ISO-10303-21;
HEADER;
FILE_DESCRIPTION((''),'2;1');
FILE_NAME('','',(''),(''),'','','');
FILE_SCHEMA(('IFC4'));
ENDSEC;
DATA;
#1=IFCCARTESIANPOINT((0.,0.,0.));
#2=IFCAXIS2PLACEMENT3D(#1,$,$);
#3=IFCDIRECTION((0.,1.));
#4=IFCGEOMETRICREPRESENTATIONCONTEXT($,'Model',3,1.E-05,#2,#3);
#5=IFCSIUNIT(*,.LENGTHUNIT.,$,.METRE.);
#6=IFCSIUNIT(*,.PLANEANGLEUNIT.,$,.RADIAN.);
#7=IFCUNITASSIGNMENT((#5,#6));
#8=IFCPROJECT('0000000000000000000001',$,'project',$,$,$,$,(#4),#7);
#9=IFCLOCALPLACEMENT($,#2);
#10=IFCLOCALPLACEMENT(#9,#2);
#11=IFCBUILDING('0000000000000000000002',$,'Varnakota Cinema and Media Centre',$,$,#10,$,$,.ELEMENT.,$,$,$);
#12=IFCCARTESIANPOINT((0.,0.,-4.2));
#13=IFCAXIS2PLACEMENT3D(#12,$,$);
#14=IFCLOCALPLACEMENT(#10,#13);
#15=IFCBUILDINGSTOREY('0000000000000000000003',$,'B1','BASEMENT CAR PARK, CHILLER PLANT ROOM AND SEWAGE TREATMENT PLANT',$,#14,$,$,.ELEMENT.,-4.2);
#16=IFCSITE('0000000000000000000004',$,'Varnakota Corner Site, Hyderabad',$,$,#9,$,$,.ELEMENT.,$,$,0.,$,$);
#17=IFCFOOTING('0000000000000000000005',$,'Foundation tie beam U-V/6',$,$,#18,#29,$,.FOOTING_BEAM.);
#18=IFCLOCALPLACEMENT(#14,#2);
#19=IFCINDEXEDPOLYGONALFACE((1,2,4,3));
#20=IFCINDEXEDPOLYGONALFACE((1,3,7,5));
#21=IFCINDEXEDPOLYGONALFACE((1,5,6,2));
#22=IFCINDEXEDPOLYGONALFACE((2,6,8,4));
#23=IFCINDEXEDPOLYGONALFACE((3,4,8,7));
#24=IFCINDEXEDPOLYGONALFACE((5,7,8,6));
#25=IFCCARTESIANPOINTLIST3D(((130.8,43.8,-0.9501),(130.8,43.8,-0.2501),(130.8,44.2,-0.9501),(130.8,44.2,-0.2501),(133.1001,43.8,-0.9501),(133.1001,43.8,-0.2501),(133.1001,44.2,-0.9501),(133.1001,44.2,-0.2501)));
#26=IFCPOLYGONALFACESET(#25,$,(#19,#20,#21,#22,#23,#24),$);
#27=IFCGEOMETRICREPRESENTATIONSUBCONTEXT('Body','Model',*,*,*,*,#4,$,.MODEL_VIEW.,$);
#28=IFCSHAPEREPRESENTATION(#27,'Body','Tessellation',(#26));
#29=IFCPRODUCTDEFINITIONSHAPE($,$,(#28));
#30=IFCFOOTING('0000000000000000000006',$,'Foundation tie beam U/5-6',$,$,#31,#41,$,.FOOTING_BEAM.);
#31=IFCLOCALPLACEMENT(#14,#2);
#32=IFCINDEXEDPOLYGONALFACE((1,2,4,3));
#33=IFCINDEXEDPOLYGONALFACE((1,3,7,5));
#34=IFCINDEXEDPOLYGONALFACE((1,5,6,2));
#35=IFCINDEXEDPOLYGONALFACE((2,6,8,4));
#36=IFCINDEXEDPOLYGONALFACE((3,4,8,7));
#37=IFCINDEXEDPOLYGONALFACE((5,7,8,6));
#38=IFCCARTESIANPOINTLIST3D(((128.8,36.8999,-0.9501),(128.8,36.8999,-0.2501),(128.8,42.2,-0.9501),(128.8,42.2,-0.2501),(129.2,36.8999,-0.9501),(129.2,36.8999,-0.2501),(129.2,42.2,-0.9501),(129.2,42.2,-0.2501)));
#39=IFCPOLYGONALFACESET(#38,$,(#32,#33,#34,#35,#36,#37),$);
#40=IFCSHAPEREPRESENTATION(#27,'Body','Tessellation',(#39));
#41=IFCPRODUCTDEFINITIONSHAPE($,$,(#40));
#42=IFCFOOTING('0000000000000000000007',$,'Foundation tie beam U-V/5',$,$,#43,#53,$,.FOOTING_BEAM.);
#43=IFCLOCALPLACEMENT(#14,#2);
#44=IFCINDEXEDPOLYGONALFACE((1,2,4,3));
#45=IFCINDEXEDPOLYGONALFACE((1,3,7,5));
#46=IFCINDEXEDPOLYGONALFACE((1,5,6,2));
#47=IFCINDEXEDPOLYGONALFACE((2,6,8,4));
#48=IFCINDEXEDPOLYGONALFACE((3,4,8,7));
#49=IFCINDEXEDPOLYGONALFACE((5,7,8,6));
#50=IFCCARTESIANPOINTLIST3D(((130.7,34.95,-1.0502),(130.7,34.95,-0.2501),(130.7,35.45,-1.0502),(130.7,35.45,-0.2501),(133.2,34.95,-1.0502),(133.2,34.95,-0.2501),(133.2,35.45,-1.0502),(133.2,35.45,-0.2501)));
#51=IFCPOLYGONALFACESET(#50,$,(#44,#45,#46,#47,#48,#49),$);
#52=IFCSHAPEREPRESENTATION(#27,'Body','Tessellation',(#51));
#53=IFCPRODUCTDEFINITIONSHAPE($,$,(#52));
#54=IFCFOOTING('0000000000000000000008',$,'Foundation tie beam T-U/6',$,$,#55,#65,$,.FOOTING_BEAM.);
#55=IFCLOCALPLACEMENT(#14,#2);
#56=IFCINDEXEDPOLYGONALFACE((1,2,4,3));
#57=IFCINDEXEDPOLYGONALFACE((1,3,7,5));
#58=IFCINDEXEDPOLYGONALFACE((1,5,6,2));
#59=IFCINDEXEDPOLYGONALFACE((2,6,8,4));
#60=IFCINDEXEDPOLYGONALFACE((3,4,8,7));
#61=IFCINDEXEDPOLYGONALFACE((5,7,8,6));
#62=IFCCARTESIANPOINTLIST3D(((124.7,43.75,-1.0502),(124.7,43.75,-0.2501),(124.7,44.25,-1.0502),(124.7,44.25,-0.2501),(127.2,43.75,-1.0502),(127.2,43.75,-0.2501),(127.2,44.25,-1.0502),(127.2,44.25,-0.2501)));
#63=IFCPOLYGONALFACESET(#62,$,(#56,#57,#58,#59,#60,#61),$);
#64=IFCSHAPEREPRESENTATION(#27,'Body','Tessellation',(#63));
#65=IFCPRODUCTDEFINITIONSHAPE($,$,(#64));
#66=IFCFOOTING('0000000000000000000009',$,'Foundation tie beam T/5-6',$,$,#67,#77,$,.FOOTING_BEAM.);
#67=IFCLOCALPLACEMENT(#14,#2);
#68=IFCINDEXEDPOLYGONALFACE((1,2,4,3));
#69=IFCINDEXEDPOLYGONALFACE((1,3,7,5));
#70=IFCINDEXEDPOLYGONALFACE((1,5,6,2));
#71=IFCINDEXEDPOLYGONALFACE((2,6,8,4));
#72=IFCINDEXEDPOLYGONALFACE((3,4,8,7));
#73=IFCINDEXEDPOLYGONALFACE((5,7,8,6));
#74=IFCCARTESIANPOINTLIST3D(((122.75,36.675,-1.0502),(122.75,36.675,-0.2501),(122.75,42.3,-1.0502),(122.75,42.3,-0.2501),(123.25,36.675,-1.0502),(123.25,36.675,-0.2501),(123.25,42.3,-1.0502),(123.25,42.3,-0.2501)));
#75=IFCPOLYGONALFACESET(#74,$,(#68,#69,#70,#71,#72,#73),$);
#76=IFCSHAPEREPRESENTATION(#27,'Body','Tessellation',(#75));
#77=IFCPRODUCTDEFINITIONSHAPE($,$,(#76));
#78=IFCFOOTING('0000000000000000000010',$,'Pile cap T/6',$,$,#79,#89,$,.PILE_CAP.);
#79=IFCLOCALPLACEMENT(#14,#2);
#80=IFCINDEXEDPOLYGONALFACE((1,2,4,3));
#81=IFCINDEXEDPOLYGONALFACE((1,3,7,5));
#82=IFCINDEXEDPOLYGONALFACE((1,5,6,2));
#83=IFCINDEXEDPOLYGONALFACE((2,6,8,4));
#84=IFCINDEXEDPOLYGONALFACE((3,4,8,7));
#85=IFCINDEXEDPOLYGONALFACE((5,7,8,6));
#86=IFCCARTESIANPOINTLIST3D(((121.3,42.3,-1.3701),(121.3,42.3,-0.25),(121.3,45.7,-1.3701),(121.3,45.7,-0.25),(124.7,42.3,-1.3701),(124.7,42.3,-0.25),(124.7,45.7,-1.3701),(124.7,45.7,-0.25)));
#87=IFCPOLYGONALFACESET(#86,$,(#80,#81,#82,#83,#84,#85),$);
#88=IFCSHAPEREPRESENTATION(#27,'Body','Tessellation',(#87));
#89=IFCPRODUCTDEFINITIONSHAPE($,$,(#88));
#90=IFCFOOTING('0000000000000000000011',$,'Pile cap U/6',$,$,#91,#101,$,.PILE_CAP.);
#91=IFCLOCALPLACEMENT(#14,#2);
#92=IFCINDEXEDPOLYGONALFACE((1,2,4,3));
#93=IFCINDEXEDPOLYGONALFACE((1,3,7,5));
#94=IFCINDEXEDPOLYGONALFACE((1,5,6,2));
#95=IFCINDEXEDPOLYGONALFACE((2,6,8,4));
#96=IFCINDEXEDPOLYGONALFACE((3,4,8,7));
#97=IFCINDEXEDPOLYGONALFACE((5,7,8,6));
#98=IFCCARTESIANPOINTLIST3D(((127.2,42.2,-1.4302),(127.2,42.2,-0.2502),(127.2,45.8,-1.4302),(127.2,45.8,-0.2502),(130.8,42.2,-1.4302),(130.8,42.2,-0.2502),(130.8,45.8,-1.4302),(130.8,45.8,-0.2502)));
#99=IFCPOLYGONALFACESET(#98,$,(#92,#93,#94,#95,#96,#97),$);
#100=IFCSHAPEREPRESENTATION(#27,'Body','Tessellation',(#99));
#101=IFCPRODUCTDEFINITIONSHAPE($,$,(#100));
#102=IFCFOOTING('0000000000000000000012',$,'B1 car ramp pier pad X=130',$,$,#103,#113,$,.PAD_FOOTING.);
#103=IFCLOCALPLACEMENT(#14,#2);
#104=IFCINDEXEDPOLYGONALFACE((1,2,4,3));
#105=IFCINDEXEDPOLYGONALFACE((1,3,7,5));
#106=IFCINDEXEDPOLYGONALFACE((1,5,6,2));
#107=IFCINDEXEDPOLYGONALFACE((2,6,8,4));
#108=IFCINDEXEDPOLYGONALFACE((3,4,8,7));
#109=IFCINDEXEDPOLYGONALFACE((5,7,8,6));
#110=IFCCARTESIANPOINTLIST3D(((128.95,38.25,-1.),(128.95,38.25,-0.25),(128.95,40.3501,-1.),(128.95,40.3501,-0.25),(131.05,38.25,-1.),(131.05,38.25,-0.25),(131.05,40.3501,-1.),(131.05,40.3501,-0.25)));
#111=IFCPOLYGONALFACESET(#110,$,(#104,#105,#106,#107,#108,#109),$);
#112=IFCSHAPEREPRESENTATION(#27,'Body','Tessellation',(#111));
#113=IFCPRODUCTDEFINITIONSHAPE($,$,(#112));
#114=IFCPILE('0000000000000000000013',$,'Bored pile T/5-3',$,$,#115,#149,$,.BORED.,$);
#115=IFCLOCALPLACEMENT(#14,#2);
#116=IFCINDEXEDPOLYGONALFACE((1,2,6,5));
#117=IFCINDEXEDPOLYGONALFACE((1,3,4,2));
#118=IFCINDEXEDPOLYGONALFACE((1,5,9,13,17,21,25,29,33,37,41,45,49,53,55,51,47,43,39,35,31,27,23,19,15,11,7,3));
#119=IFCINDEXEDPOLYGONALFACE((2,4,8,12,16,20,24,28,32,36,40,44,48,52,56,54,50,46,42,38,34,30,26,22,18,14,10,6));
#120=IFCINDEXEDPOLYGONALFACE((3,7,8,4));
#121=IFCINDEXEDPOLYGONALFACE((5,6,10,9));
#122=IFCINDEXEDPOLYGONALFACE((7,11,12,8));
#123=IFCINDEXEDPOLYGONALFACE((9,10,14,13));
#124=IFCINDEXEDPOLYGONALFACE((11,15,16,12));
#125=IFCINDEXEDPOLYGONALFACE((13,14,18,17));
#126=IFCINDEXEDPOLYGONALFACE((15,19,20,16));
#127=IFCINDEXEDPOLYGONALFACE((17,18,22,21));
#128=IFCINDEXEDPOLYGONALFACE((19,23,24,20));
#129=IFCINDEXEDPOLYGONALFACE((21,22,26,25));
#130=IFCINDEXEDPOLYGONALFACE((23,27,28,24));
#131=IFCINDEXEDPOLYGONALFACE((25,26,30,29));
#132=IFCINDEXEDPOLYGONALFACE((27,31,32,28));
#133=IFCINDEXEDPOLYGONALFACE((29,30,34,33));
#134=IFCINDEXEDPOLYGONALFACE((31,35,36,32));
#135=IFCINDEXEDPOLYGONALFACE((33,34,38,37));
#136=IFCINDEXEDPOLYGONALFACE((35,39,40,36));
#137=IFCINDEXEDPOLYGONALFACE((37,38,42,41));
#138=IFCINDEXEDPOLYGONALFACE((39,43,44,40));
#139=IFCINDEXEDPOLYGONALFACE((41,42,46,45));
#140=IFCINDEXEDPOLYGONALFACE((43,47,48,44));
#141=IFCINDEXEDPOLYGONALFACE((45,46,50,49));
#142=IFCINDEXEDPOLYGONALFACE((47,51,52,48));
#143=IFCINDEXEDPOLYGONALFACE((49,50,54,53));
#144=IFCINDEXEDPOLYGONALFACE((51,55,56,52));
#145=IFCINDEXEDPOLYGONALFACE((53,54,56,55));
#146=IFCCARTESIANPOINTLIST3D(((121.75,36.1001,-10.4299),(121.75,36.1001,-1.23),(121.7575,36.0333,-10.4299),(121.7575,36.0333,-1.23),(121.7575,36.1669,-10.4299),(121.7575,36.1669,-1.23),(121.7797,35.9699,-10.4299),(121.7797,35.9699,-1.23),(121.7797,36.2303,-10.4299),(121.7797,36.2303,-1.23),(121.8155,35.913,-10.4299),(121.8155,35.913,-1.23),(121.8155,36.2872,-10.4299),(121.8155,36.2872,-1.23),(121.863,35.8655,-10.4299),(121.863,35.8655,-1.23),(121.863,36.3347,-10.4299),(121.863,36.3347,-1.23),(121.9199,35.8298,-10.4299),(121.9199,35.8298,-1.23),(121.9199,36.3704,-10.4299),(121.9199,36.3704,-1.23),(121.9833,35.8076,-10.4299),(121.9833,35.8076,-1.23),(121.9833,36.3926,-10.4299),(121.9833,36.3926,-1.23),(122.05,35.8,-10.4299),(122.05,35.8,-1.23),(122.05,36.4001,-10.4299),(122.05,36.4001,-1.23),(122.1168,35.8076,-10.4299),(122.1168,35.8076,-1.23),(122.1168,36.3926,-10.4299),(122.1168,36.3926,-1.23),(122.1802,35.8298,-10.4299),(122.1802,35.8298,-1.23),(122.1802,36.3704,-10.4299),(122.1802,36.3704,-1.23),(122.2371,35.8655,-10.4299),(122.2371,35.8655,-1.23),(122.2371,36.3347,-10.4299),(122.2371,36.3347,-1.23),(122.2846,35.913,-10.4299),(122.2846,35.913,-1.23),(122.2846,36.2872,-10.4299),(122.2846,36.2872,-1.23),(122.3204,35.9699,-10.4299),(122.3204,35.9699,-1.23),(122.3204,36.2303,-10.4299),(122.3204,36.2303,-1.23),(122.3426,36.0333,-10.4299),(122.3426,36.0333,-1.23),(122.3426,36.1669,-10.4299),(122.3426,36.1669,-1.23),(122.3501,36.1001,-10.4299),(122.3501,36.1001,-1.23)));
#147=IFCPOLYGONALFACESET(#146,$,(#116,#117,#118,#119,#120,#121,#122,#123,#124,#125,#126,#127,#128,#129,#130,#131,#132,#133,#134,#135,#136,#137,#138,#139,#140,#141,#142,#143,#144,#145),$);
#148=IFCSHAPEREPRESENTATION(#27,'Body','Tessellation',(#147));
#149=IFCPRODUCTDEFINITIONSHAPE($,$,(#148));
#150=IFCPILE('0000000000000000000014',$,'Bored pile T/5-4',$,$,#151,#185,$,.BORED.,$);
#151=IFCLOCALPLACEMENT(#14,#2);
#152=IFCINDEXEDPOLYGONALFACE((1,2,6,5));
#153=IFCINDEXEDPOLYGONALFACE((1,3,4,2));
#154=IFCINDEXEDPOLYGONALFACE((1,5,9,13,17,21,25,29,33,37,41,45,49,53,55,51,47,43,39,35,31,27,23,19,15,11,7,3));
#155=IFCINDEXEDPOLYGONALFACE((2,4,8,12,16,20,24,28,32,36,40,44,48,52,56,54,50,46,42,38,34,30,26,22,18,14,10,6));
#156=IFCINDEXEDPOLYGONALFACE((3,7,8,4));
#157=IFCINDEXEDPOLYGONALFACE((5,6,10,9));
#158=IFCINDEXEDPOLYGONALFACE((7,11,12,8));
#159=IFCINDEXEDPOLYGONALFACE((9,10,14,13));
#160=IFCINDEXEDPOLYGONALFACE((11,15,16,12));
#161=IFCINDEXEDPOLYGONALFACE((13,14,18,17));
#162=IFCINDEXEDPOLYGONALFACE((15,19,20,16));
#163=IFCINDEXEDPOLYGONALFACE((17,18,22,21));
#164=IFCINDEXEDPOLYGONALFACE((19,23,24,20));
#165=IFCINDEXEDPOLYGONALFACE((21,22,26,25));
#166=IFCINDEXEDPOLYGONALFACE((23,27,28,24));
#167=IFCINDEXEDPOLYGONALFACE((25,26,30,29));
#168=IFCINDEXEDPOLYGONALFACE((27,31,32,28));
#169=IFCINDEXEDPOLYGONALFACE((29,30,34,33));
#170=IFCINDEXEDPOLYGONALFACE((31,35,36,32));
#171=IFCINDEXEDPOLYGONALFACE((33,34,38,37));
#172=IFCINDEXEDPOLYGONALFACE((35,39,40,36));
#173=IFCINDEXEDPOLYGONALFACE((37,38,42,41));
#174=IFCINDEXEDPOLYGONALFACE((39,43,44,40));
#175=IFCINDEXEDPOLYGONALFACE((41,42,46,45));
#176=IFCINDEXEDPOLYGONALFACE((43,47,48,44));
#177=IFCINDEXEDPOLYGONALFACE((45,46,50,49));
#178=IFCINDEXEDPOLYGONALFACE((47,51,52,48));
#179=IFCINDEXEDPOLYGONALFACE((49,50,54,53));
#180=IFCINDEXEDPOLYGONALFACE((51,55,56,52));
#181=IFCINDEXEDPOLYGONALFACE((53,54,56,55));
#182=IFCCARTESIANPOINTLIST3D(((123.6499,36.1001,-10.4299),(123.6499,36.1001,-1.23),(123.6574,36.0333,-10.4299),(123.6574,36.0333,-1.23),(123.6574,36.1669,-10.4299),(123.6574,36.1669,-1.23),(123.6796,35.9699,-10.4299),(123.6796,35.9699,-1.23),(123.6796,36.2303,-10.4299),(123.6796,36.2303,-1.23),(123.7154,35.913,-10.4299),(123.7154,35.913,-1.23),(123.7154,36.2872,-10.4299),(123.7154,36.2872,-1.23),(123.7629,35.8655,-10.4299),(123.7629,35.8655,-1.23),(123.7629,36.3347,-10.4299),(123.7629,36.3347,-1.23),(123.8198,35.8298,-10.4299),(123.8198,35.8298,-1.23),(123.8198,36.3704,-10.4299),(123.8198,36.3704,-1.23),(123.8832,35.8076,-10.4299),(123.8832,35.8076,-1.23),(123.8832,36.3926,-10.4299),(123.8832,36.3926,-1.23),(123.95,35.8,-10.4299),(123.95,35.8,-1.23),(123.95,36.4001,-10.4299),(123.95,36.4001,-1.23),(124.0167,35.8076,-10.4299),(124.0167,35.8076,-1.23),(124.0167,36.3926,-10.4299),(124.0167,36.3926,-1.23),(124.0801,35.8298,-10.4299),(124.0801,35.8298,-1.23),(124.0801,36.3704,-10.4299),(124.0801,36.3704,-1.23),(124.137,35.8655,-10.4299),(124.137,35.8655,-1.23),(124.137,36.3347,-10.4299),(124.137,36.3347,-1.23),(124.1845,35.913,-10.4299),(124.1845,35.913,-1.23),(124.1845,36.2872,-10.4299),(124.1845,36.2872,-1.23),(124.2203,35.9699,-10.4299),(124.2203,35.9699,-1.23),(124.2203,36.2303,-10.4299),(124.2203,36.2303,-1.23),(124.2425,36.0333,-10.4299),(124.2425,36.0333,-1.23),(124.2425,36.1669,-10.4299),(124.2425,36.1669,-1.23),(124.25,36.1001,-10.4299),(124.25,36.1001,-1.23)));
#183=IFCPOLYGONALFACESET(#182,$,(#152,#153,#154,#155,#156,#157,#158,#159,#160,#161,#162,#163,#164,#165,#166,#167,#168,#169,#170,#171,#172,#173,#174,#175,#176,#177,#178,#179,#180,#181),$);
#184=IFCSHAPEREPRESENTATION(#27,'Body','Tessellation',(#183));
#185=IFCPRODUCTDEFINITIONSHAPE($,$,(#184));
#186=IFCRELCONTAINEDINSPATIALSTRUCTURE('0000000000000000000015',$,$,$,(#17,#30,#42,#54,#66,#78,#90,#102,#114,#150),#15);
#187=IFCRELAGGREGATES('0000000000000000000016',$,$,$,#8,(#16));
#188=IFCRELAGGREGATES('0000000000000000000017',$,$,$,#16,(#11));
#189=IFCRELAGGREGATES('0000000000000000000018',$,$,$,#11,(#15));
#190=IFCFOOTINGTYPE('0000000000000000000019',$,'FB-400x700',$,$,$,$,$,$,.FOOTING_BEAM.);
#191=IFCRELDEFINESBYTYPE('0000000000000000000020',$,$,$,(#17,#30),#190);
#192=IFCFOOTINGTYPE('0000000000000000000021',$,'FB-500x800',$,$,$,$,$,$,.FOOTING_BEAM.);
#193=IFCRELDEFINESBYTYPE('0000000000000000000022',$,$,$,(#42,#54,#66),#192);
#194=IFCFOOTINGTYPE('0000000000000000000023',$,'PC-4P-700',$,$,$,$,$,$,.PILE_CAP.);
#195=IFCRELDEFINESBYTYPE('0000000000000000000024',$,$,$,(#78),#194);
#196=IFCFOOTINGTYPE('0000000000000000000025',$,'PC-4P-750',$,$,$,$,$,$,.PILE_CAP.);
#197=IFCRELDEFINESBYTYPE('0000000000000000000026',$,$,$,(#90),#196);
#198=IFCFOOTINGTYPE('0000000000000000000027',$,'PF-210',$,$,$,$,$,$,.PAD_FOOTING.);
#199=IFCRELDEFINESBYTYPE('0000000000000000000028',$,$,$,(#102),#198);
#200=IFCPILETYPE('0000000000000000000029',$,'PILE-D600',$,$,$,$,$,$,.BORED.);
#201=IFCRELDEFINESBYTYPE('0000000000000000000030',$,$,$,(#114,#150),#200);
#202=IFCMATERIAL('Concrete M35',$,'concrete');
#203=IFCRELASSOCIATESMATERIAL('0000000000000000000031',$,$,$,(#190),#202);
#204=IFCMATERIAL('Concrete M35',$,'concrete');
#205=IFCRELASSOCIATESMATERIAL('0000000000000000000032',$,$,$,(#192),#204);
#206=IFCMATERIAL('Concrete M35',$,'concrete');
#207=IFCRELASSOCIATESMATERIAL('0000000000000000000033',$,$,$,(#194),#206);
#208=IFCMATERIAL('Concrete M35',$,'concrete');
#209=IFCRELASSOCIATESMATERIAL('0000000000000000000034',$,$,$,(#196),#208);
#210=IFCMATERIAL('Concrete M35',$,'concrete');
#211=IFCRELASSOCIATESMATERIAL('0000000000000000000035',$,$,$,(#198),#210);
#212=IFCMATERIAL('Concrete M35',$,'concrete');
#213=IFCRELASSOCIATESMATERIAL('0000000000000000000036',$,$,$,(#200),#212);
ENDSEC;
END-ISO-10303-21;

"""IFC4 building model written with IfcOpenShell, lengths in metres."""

from ifc_helpers import new_model, si_unit, direction, frame, origin, origin_2d, place, context, subcontext, project, spatial, rectangle, circle, extrude, material, material_profile, profile_set, type_object, element, save


model = new_model("IFC4")

# Units and contexts
model_context = context("Model", 3, precision=1e-05, world=origin(), true_north=direction((0.0, 1.0)))
body_context = subcontext(model_context, "Body", "Model", "MODEL_VIEW")
ifc_project = project(units=[si_unit("LENGTHUNIT", "METRE"), si_unit("PLANEANGLEUNIT", "RADIAN")], contexts=[model_context])

# Site, building, storey
site_placement = place(None, origin())
site = spatial("IfcSite", under=ifc_project, at=site_placement, Name="Varnakota Corner Site, Hyderabad", CompositionType="ELEMENT", RefElevation=0.0)
building_placement = place(site_placement, origin())
building = spatial("IfcBuilding", under=site, at=building_placement, Name="Varnakota Cinema and Media Centre", CompositionType="ELEMENT")
storey_placement = place(building_placement, frame((0.0, 0.0, -4.2)))
storey = spatial("IfcBuildingStorey", under=building, at=storey_placement, Name="B1", Description="BASEMENT CAR PARK, CHILLER PLANT ROOM AND SEWAGE TREATMENT PLANT", CompositionType="ELEMENT", Elevation=-4.2)

# Footings
ifc_material_1 = material(Name="Concrete M35", Category="concrete")
ifc_material_profile_1 = material_profile(ifc_material_1, rectangle(XDim=0.3999, YDim=0.7, at=origin_2d()), Name="FB 400x700")
ifc_profile_set_1 = profile_set([ifc_material_profile_1], Name="Concrete M35")
footing_type_1 = type_object("IfcFootingType", Name="FB-400x700", PredefinedType="FOOTING_BEAM", material=ifc_profile_set_1)
footing_1_placement = place(storey_placement, frame((130.8, 44.0, -0.6001), z_axis=(1.0, 0.0, 0.0), x_axis=(0.0, 1.0, 0.0)))
element("IfcFooting", 1, at=footing_1_placement, inside=storey, type_object=footing_type_1, Name="Foundation tie beam U-V/6", PredefinedType="FOOTING_BEAM", context=body_context, shape_type="SweptSolid", body=[
    extrude(rectangle(XDim=0.3999, YDim=0.7, at=origin_2d()), origin(), (0.0, 0.0, 1.0), 2.3),
])
footing_2_placement = place(storey_placement, frame((129.0, 36.8999, -0.6001), z_axis=(0.0, 1.0, 0.0), x_axis=(-1.0, 0.0, 0.0)))
element("IfcFooting", 2, at=footing_2_placement, inside=storey, type_object=footing_type_1, Name="Foundation tie beam U/5-6", PredefinedType="FOOTING_BEAM", context=body_context, shape_type="SweptSolid", body=[
    extrude(rectangle(XDim=0.3999, YDim=0.7, at=origin_2d()), origin(), (0.0, 0.0, 1.0), 5.3),
])
ifc_material_2 = material(Name="Concrete M35", Category="concrete")
ifc_material_profile_2 = material_profile(ifc_material_2, rectangle(XDim=0.5, YDim=0.8, at=origin_2d()), Name="FB 500x800")
ifc_profile_set_2 = profile_set([ifc_material_profile_2], Name="Concrete M35")
footing_type_2 = type_object("IfcFootingType", Name="FB-500x800", PredefinedType="FOOTING_BEAM", material=ifc_profile_set_2)
for number, where, z_axis, x_axis, name in (
    (3, (130.7, 35.2, -0.6501), (1.0, 0.0, 0.0), (0.0, 1.0, 0.0), "Foundation tie beam U-V/5"),
    (4, (124.7, 44.0, -0.6501), (1.0, 0.0, 0.0), (0.0, 1.0, 0.0), "Foundation tie beam T-U/6"),
):
    element("IfcFooting", number, at=place(storey_placement, frame(where, z_axis=z_axis, x_axis=x_axis)), inside=storey, type_object=footing_type_2, Name=name, PredefinedType="FOOTING_BEAM", context=body_context, shape_type="SweptSolid", body=[
        extrude(rectangle(XDim=0.5, YDim=0.8, at=origin_2d()), origin(), (0.0, 0.0, 1.0), 2.5),
    ])
footing_3_placement = place(storey_placement, frame((123.0, 36.675, -0.6501), z_axis=(0.0, 1.0, 0.0), x_axis=(-1.0, 0.0, 0.0)))
element("IfcFooting", 5, at=footing_3_placement, inside=storey, type_object=footing_type_2, Name="Foundation tie beam T/5-6", PredefinedType="FOOTING_BEAM", context=body_context, shape_type="SweptSolid", body=[
    extrude(rectangle(XDim=0.5, YDim=0.8, at=origin_2d()), origin(), (0.0, 0.0, 1.0), 5.625),
])
ifc_material_3 = material(Name="Concrete M35", Category="concrete")
footing_type_3 = type_object("IfcFootingType", Name="PC-4P-700", PredefinedType="PILE_CAP", material=ifc_material_3)
footing_4_placement = place(storey_placement, frame((123.0, 44.0, -1.3701), z_axis=(0.0, 0.0, 1.0), x_axis=(1.0, 0.0, 0.0)))
element("IfcFooting", 6, at=footing_4_placement, inside=storey, type_object=footing_type_3, Name="Pile cap T/6", PredefinedType="PILE_CAP", context=body_context, shape_type="SweptSolid", body=[
    extrude(rectangle(XDim=3.3999, YDim=3.3999, at=origin_2d()), origin(), (0.0, 0.0, 1.0), 1.1201),
])
ifc_material_4 = material(Name="Concrete M35", Category="concrete")
footing_type_4 = type_object("IfcFootingType", Name="PC-4P-750", PredefinedType="PILE_CAP", material=ifc_material_4)
footing_5_placement = place(storey_placement, frame((129.0, 44.0, -1.4302), z_axis=(0.0, 0.0, 1.0), x_axis=(1.0, 0.0, 0.0)))
element("IfcFooting", 7, at=footing_5_placement, inside=storey, type_object=footing_type_4, Name="Pile cap U/6", PredefinedType="PILE_CAP", context=body_context, shape_type="SweptSolid", body=[
    extrude(rectangle(XDim=3.6001, YDim=3.6001, at=origin_2d()), origin(), (0.0, 0.0, 1.0), 1.1799),
])
ifc_material_5 = material(Name="Concrete M35", Category="concrete")
footing_type_5 = type_object("IfcFootingType", Name="PF-210", PredefinedType="PAD_FOOTING", material=ifc_material_5)
footing_6_placement = place(storey_placement, frame((130.0, 39.3, -1.0), z_axis=(0.0, 0.0, 1.0), x_axis=(1.0, 0.0, 0.0)))
element("IfcFooting", 8, at=footing_6_placement, inside=storey, type_object=footing_type_5, Name="B1 car ramp pier pad X=130", PredefinedType="PAD_FOOTING", context=body_context, shape_type="SweptSolid", body=[
    extrude(rectangle(XDim=2.1001, YDim=2.1001, at=origin_2d()), origin(), (0.0, 0.0, 1.0), 0.75),
])

# Piles
ifc_material_6 = material(Name="Concrete M35", Category="concrete")
ifc_material_profile_3 = material_profile(ifc_material_6, circle(Radius=0.3, at=origin_2d()), Name="PILE D600")
ifc_profile_set_3 = profile_set([ifc_material_profile_3], Name="Concrete M35")
pile_type_1 = type_object("IfcPileType", Name="PILE-D600", PredefinedType="BORED", material=ifc_profile_set_3)
for number, where, z_axis, x_axis, name in (
    (9, (122.05, 36.1001, -1.23), (0.0, 0.0, -1.0), (1.0, 0.0, 0.0), "Bored pile T/5-3"),
    (10, (123.95, 36.1001, -1.23), (0.0, 0.0, -1.0), (1.0, 0.0, 0.0), "Bored pile T/5-4"),
):
    element("IfcPile", number, at=place(storey_placement, frame(where, z_axis=z_axis, x_axis=x_axis)), inside=storey, type_object=pile_type_1, Name=name, PredefinedType="BORED", context=body_context, shape_type="SweptSolid", body=[
        extrude(circle(Radius=0.3, at=origin_2d()), origin(), (0.0, 0.0, 1.0), 9.2),
    ])

save(model, "model.ifc")
